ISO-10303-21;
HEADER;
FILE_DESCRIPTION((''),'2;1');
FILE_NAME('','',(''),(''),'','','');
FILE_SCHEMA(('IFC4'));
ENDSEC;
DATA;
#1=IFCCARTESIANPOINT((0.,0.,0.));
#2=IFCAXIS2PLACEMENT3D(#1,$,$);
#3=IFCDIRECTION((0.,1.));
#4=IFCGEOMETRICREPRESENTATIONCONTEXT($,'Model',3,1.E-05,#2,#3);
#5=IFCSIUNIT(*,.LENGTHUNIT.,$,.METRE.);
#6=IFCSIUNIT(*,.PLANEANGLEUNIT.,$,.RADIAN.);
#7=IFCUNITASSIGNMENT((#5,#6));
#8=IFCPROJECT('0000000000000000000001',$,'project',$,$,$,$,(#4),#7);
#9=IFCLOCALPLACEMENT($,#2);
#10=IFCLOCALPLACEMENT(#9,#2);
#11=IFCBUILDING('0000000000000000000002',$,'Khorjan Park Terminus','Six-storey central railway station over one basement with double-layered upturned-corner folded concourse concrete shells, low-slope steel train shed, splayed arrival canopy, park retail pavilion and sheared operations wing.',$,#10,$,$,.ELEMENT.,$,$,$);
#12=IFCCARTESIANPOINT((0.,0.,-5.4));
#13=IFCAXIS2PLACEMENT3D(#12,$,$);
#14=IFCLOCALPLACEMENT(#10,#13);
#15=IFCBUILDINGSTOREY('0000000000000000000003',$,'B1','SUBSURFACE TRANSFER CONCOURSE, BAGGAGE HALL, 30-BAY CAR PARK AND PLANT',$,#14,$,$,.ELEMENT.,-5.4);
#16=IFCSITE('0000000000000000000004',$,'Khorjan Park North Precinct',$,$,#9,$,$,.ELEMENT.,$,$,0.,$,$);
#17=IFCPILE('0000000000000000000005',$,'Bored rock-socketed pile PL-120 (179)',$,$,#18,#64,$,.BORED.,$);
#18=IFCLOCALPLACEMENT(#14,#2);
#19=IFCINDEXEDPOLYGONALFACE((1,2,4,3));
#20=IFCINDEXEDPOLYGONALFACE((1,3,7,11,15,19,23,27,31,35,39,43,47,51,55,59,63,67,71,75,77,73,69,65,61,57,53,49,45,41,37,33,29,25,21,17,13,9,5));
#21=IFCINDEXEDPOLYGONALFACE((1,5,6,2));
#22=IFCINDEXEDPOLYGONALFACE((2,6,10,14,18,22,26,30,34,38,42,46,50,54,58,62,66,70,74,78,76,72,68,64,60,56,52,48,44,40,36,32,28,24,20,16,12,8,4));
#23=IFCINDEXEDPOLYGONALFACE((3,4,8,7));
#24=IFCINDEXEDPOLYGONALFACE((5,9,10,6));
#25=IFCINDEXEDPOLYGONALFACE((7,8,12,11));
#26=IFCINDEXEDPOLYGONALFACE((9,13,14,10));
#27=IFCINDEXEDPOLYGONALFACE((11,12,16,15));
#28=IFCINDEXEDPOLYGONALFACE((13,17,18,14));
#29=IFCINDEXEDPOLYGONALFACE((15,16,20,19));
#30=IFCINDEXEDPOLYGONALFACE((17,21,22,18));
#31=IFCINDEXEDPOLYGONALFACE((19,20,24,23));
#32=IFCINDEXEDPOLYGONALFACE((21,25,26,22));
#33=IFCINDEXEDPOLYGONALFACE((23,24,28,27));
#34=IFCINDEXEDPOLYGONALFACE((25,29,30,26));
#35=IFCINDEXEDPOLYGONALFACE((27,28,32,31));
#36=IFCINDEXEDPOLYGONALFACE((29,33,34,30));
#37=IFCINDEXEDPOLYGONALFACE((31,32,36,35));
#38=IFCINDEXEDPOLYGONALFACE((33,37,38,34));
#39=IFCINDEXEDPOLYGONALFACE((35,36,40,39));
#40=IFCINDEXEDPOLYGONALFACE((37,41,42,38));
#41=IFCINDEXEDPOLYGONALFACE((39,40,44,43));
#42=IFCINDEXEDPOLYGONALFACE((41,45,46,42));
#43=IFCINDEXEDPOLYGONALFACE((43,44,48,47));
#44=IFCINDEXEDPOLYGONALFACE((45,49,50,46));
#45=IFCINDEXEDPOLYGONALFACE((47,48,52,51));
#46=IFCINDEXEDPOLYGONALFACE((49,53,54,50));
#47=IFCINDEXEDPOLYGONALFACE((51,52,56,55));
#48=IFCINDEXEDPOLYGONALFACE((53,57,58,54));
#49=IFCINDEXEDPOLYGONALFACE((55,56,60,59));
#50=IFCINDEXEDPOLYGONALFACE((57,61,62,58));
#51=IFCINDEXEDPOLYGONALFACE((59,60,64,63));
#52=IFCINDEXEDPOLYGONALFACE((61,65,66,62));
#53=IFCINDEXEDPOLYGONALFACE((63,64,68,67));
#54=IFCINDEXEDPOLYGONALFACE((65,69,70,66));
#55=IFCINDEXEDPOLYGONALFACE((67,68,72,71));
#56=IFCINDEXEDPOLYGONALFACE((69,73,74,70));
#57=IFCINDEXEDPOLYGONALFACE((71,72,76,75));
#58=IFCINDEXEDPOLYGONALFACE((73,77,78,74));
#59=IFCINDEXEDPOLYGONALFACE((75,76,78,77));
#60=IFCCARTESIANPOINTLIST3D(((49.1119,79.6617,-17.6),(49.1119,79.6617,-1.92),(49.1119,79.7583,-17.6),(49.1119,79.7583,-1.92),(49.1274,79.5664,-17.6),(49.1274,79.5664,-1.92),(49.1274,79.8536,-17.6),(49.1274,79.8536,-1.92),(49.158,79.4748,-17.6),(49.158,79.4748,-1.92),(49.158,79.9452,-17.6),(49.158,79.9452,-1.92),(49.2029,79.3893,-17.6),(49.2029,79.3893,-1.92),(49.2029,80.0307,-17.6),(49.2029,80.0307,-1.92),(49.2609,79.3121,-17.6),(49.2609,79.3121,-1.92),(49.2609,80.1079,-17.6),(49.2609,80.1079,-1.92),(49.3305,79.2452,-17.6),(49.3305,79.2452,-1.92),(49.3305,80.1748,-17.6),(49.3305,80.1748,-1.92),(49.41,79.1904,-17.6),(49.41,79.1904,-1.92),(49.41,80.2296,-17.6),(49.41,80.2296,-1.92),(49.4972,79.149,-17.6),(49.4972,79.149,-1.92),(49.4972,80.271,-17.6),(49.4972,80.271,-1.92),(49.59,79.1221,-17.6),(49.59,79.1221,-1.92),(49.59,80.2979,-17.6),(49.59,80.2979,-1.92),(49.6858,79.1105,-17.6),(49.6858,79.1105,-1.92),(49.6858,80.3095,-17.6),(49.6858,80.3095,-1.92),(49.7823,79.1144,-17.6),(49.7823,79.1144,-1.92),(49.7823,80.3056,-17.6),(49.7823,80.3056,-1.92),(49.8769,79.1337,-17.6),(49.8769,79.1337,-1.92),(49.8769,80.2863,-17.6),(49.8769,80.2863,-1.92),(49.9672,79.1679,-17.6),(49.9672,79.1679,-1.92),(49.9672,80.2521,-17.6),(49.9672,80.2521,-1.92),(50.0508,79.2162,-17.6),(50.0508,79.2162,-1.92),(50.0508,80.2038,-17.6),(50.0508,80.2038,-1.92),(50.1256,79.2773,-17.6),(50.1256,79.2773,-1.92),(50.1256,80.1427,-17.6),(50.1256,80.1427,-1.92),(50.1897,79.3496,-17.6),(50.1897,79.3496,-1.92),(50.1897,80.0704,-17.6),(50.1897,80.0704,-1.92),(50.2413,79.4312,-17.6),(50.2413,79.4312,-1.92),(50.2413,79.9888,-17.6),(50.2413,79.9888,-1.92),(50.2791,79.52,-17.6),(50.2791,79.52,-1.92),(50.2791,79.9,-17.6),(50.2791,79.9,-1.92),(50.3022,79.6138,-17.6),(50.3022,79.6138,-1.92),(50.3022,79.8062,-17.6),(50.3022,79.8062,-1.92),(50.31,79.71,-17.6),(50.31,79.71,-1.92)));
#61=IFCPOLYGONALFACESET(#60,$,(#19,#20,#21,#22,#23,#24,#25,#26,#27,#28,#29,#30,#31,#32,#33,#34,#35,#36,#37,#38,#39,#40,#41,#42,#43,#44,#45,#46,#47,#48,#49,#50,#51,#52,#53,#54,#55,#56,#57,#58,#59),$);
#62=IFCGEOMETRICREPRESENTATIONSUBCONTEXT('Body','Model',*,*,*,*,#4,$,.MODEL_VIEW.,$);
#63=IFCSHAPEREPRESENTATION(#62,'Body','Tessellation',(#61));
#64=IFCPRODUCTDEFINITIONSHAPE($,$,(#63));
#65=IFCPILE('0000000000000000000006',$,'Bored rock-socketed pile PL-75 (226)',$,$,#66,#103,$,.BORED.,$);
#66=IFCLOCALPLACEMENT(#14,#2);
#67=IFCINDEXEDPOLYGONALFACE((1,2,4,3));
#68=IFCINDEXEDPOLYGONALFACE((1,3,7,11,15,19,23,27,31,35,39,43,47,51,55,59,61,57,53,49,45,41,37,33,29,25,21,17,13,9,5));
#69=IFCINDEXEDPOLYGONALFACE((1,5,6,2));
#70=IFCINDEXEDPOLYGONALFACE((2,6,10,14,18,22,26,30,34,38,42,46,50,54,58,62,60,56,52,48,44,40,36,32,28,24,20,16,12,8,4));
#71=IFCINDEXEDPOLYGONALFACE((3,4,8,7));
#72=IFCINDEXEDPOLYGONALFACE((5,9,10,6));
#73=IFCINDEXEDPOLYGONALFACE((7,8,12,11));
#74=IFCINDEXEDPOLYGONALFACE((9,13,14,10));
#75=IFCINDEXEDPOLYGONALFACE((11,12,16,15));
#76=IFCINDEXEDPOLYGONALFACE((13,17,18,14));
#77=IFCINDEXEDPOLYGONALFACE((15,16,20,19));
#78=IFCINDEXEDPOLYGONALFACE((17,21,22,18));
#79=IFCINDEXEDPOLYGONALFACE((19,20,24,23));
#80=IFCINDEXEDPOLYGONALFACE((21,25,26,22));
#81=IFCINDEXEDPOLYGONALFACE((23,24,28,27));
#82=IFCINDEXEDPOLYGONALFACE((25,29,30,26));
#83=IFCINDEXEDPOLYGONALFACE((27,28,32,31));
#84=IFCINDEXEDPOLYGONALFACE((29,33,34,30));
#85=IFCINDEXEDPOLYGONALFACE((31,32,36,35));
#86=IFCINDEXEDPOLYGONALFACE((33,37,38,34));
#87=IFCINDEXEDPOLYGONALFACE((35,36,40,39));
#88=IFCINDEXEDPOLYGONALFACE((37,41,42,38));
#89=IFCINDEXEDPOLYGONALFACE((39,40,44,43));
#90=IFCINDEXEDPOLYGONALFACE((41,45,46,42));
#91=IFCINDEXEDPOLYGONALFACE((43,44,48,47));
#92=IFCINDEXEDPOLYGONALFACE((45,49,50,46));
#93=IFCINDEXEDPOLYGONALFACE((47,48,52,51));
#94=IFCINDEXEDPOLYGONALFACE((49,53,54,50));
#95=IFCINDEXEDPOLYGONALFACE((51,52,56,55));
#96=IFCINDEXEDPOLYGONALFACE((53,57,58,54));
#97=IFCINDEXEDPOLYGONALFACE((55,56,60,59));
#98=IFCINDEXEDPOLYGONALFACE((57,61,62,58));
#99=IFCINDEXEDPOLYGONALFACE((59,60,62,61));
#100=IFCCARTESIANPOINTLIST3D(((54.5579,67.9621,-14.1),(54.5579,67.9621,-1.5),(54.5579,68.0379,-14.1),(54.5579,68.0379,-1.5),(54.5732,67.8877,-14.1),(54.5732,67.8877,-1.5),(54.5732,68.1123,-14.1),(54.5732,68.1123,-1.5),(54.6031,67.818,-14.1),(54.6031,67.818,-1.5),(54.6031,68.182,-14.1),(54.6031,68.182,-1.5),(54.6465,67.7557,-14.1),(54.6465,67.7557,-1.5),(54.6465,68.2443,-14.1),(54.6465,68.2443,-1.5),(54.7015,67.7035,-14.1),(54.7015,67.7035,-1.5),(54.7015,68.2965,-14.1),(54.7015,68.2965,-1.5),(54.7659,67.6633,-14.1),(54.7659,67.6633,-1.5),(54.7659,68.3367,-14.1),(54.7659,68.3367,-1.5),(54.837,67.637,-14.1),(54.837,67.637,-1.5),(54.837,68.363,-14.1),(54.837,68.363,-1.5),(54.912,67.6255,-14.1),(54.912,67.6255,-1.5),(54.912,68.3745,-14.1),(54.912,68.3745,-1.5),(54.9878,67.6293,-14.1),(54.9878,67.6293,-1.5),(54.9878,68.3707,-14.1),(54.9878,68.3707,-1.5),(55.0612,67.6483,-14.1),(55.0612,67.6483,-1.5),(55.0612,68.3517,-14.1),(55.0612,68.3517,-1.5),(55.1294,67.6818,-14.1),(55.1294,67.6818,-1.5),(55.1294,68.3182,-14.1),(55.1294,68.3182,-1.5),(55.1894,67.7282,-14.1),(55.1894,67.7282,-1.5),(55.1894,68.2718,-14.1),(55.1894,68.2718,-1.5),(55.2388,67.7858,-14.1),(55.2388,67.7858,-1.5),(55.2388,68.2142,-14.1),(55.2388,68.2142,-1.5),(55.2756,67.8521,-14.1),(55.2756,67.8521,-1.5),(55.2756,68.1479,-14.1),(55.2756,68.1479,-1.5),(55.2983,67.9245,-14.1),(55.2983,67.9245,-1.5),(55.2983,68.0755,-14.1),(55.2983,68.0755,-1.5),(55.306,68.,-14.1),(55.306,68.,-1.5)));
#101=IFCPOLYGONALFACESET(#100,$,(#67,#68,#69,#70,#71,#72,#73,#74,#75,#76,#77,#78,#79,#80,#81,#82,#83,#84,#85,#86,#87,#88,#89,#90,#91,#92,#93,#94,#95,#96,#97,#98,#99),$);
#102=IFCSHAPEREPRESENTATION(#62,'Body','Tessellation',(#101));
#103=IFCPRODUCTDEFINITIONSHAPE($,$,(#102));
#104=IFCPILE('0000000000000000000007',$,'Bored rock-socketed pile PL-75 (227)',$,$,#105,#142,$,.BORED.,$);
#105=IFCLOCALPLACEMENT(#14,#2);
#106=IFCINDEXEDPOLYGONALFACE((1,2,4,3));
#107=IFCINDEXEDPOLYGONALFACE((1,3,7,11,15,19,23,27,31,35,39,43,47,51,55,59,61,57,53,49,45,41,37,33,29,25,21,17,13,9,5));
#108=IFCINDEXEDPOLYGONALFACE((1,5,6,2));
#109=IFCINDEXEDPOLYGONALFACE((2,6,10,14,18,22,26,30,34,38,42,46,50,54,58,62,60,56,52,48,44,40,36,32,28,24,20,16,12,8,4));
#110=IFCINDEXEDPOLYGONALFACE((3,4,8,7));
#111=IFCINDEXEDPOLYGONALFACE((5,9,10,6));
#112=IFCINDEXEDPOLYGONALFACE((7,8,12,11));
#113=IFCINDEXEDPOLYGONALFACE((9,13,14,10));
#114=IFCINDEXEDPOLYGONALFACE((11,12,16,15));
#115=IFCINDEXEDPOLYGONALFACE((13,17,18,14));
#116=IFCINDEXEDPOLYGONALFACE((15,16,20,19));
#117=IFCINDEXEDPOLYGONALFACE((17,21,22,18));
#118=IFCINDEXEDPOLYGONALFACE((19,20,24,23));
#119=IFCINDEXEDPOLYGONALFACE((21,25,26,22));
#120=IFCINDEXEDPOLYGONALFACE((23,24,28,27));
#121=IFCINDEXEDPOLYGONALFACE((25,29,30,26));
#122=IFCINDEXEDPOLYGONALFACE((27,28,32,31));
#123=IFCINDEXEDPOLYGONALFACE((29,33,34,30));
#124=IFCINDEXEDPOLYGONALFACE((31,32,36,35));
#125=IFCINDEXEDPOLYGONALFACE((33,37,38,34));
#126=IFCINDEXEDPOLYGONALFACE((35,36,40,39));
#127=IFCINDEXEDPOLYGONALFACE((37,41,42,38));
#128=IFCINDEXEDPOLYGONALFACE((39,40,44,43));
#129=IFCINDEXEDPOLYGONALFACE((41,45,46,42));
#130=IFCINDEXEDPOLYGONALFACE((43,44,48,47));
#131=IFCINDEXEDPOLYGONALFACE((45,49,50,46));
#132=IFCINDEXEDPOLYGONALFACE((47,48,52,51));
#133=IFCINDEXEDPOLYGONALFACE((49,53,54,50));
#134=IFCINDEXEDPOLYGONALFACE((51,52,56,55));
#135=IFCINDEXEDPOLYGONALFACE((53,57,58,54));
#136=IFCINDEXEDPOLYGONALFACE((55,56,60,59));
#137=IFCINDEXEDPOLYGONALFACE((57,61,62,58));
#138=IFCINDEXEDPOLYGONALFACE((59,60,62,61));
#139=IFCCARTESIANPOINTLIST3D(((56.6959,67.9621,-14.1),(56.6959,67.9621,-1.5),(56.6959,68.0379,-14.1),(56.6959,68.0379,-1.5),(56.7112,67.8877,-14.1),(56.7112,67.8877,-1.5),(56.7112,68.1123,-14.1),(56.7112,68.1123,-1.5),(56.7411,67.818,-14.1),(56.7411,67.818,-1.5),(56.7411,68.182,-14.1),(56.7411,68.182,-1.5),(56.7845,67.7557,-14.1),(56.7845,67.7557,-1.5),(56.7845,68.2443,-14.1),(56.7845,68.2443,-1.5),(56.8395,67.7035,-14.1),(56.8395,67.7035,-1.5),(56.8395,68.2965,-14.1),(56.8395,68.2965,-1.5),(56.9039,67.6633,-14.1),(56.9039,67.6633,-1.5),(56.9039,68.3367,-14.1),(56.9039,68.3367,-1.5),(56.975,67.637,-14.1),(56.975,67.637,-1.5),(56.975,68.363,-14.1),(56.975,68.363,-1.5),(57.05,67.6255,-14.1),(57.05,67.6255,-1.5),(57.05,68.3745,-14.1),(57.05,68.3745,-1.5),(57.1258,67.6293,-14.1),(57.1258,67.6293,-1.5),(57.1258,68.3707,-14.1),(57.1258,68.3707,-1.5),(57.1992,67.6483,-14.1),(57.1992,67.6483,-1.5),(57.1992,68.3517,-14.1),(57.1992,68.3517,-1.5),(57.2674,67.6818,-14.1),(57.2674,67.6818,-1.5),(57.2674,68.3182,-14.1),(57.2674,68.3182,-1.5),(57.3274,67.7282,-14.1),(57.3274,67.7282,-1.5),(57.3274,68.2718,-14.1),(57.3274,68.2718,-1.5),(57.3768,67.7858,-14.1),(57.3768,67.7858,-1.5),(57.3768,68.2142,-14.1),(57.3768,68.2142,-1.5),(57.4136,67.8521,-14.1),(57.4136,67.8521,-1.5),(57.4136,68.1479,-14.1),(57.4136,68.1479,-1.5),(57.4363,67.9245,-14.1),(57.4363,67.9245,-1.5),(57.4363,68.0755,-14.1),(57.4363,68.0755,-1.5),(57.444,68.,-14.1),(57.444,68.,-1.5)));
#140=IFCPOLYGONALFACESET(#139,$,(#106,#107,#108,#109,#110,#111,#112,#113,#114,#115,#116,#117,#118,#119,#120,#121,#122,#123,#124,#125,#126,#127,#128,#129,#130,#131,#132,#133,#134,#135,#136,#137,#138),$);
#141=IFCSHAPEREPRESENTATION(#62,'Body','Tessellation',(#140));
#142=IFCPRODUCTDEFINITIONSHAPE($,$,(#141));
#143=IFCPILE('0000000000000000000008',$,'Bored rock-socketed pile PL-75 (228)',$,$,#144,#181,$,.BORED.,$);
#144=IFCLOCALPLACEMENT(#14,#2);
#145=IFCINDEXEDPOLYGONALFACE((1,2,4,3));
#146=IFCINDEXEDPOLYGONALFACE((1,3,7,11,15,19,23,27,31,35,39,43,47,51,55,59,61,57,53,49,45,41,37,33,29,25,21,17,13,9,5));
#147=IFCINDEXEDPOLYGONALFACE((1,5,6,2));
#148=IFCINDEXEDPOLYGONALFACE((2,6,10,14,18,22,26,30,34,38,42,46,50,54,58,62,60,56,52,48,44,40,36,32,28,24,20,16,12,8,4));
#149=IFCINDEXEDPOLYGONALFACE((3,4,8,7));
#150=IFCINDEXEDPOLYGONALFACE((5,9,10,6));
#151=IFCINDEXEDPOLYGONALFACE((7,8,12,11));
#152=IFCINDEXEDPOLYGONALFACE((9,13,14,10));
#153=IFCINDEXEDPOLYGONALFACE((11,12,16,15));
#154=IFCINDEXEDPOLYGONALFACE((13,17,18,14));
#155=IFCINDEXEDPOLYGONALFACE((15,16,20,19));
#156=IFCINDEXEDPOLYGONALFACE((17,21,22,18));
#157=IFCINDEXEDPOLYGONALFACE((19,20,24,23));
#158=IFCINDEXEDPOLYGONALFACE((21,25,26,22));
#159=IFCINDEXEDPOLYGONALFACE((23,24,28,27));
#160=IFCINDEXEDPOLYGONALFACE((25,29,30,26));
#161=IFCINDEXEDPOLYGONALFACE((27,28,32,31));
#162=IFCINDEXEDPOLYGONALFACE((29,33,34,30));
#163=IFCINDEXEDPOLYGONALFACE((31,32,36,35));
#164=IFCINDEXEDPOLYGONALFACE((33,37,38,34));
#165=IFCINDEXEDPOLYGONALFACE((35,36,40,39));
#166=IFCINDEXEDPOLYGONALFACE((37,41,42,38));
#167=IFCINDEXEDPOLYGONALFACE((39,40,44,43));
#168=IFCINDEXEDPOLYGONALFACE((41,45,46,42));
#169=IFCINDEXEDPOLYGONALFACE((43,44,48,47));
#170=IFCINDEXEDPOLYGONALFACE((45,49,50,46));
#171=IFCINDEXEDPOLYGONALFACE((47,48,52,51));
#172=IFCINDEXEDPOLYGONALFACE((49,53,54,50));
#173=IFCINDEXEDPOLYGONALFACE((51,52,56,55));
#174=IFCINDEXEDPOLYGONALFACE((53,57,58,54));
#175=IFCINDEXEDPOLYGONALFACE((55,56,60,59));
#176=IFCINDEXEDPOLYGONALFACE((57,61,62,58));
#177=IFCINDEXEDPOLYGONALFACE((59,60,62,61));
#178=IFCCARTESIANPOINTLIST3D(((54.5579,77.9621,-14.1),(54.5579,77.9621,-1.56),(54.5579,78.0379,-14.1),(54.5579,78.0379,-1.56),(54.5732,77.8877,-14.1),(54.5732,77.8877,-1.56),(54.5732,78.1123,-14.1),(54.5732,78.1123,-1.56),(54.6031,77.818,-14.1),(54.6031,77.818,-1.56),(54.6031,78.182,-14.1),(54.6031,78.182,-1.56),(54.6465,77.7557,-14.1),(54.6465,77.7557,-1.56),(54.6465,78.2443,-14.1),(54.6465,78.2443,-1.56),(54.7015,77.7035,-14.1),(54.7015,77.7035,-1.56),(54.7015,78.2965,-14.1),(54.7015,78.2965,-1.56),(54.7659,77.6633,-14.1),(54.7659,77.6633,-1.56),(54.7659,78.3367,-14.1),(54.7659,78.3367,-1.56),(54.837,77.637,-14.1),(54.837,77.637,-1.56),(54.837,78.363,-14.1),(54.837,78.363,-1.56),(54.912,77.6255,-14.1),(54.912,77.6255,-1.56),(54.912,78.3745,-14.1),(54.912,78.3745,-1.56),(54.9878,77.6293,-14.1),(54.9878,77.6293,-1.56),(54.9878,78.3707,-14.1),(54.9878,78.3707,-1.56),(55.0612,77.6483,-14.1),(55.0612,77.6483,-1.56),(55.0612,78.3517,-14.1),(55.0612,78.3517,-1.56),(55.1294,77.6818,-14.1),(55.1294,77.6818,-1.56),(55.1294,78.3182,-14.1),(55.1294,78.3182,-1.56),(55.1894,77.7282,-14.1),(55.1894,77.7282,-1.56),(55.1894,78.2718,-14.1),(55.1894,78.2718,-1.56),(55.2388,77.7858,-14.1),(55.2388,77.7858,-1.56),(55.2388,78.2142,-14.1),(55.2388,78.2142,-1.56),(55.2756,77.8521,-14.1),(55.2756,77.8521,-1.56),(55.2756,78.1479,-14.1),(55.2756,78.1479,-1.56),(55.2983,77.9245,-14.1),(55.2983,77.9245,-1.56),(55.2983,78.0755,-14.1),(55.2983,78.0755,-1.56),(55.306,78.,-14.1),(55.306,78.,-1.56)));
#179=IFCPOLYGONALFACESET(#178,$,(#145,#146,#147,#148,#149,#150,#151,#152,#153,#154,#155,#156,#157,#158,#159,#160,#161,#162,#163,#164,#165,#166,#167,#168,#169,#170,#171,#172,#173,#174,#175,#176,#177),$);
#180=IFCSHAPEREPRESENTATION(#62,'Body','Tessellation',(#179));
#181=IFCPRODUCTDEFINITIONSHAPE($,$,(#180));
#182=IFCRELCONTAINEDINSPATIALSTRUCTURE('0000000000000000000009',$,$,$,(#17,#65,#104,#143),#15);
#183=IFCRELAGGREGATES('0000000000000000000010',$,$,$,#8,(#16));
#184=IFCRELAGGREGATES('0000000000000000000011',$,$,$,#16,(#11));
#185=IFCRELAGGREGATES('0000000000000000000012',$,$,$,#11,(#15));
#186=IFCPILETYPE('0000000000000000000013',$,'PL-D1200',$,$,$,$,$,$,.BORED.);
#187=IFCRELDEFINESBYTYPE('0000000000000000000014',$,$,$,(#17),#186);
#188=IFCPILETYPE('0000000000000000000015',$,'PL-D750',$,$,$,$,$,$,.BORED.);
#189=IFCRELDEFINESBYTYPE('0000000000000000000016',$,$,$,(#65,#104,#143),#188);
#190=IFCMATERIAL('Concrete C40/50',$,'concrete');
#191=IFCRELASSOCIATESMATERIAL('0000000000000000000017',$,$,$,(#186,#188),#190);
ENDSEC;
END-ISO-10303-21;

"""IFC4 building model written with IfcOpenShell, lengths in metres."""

from ifc_helpers import new_model, si_unit, direction, frame, origin, origin_2d, place, context, subcontext, project, spatial, circle, extrude, material, material_profile, profile_set, type_object, element, save


model = new_model("IFC4")

# Units and contexts
model_context = context("Model", 3, precision=1e-05, world=origin(), true_north=direction((0.0, 1.0)))
body_context = subcontext(model_context, "Body", "Model", "MODEL_VIEW")
ifc_project = project(units=[si_unit("LENGTHUNIT", "METRE"), si_unit("PLANEANGLEUNIT", "RADIAN")], contexts=[model_context])

# Site, building, storey
site_placement = place(None, origin())
site = spatial("IfcSite", under=ifc_project, at=site_placement, Name="Khorjan Park North Precinct", CompositionType="ELEMENT", RefElevation=0.0)
building_placement = place(site_placement, origin())
building = spatial("IfcBuilding", under=site, at=building_placement, Name="Khorjan Park Terminus", Description="Six-storey central railway station over one basement with double-layered upturned-corner folded concourse concrete shells, low-slope steel train shed, splayed arrival canopy, park retail pavilion and sheared operations wing.", CompositionType="ELEMENT")
storey_placement = place(building_placement, frame((0.0, 0.0, -5.4)))
storey = spatial("IfcBuildingStorey", under=building, at=storey_placement, Name="B1", Description="SUBSURFACE TRANSFER CONCOURSE, BAGGAGE HALL, 30-BAY CAR PARK AND PLANT", CompositionType="ELEMENT", Elevation=-5.4)

# Shared definitions
ifc_material_1 = material(Name="Concrete C40/50", Category="concrete")

# Piles
ifc_material_profile_1 = material_profile(ifc_material_1, circle(Radius=0.6, at=origin_2d()), Name="BORED D1200")
ifc_profile_set_1 = profile_set([ifc_material_profile_1], Name="Concrete C40/50")
pile_type_1 = type_object("IfcPileType", Name="PL-D1200", PredefinedType="BORED", material=ifc_profile_set_1)
for number, where, z_axis, x_axis, name in (
    (1, (49.71, 79.71, -1.92), (0.0, 0.0, -1.0), (1.0, 0.0, 0.0), "Bored rock-socketed pile PL-120 (179)"),
):
    element("IfcPile", number, at=place(storey_placement, frame(where, z_axis=z_axis, x_axis=x_axis)), inside=storey, type_object=pile_type_1, Name=name, PredefinedType="BORED", context=body_context, shape_type="SweptSolid", body=[
        extrude(circle(Radius=0.6, at=origin_2d()), origin(), (0.0, 0.0, 1.0), 15.68),
    ])
ifc_material_profile_2 = material_profile(ifc_material_1, circle(Radius=0.375, at=origin_2d()), Name="BORED D750")
ifc_profile_set_2 = profile_set([ifc_material_profile_2], Name="Concrete C40/50")
pile_type_2 = type_object("IfcPileType", Name="PL-D750", PredefinedType="BORED", material=ifc_profile_set_2)
for number, where, z_axis, x_axis, name in (
    (2, (54.931, 68.0, -1.5), (0.0, 0.0, -1.0), (1.0, 0.0, 0.0), "Bored rock-socketed pile PL-75 (226)"),
    (3, (57.069, 68.0, -1.5), (0.0, 0.0, -1.0), (1.0, 0.0, 0.0), "Bored rock-socketed pile PL-75 (227)"),
):
    element("IfcPile", number, at=place(storey_placement, frame(where, z_axis=z_axis, x_axis=x_axis)), inside=storey, type_object=pile_type_2, Name=name, PredefinedType="BORED", context=body_context, shape_type="SweptSolid", body=[
        extrude(circle(Radius=0.375, at=origin_2d()), origin(), (0.0, 0.0, 1.0), 12.6),
    ])
for number, where, z_axis, x_axis, name in (
    (4, (54.931, 78.0, -1.56), (0.0, 0.0, -1.0), (1.0, 0.0, 0.0), "Bored rock-socketed pile PL-75 (228)"),
):
    element("IfcPile", number, at=place(storey_placement, frame(where, z_axis=z_axis, x_axis=x_axis)), inside=storey, type_object=pile_type_2, Name=name, PredefinedType="BORED", context=body_context, shape_type="SweptSolid", body=[
        extrude(circle(Radius=0.375, at=origin_2d()), origin(), (0.0, 0.0, 1.0), 12.54),
    ])

save(model, "model.ifc")
